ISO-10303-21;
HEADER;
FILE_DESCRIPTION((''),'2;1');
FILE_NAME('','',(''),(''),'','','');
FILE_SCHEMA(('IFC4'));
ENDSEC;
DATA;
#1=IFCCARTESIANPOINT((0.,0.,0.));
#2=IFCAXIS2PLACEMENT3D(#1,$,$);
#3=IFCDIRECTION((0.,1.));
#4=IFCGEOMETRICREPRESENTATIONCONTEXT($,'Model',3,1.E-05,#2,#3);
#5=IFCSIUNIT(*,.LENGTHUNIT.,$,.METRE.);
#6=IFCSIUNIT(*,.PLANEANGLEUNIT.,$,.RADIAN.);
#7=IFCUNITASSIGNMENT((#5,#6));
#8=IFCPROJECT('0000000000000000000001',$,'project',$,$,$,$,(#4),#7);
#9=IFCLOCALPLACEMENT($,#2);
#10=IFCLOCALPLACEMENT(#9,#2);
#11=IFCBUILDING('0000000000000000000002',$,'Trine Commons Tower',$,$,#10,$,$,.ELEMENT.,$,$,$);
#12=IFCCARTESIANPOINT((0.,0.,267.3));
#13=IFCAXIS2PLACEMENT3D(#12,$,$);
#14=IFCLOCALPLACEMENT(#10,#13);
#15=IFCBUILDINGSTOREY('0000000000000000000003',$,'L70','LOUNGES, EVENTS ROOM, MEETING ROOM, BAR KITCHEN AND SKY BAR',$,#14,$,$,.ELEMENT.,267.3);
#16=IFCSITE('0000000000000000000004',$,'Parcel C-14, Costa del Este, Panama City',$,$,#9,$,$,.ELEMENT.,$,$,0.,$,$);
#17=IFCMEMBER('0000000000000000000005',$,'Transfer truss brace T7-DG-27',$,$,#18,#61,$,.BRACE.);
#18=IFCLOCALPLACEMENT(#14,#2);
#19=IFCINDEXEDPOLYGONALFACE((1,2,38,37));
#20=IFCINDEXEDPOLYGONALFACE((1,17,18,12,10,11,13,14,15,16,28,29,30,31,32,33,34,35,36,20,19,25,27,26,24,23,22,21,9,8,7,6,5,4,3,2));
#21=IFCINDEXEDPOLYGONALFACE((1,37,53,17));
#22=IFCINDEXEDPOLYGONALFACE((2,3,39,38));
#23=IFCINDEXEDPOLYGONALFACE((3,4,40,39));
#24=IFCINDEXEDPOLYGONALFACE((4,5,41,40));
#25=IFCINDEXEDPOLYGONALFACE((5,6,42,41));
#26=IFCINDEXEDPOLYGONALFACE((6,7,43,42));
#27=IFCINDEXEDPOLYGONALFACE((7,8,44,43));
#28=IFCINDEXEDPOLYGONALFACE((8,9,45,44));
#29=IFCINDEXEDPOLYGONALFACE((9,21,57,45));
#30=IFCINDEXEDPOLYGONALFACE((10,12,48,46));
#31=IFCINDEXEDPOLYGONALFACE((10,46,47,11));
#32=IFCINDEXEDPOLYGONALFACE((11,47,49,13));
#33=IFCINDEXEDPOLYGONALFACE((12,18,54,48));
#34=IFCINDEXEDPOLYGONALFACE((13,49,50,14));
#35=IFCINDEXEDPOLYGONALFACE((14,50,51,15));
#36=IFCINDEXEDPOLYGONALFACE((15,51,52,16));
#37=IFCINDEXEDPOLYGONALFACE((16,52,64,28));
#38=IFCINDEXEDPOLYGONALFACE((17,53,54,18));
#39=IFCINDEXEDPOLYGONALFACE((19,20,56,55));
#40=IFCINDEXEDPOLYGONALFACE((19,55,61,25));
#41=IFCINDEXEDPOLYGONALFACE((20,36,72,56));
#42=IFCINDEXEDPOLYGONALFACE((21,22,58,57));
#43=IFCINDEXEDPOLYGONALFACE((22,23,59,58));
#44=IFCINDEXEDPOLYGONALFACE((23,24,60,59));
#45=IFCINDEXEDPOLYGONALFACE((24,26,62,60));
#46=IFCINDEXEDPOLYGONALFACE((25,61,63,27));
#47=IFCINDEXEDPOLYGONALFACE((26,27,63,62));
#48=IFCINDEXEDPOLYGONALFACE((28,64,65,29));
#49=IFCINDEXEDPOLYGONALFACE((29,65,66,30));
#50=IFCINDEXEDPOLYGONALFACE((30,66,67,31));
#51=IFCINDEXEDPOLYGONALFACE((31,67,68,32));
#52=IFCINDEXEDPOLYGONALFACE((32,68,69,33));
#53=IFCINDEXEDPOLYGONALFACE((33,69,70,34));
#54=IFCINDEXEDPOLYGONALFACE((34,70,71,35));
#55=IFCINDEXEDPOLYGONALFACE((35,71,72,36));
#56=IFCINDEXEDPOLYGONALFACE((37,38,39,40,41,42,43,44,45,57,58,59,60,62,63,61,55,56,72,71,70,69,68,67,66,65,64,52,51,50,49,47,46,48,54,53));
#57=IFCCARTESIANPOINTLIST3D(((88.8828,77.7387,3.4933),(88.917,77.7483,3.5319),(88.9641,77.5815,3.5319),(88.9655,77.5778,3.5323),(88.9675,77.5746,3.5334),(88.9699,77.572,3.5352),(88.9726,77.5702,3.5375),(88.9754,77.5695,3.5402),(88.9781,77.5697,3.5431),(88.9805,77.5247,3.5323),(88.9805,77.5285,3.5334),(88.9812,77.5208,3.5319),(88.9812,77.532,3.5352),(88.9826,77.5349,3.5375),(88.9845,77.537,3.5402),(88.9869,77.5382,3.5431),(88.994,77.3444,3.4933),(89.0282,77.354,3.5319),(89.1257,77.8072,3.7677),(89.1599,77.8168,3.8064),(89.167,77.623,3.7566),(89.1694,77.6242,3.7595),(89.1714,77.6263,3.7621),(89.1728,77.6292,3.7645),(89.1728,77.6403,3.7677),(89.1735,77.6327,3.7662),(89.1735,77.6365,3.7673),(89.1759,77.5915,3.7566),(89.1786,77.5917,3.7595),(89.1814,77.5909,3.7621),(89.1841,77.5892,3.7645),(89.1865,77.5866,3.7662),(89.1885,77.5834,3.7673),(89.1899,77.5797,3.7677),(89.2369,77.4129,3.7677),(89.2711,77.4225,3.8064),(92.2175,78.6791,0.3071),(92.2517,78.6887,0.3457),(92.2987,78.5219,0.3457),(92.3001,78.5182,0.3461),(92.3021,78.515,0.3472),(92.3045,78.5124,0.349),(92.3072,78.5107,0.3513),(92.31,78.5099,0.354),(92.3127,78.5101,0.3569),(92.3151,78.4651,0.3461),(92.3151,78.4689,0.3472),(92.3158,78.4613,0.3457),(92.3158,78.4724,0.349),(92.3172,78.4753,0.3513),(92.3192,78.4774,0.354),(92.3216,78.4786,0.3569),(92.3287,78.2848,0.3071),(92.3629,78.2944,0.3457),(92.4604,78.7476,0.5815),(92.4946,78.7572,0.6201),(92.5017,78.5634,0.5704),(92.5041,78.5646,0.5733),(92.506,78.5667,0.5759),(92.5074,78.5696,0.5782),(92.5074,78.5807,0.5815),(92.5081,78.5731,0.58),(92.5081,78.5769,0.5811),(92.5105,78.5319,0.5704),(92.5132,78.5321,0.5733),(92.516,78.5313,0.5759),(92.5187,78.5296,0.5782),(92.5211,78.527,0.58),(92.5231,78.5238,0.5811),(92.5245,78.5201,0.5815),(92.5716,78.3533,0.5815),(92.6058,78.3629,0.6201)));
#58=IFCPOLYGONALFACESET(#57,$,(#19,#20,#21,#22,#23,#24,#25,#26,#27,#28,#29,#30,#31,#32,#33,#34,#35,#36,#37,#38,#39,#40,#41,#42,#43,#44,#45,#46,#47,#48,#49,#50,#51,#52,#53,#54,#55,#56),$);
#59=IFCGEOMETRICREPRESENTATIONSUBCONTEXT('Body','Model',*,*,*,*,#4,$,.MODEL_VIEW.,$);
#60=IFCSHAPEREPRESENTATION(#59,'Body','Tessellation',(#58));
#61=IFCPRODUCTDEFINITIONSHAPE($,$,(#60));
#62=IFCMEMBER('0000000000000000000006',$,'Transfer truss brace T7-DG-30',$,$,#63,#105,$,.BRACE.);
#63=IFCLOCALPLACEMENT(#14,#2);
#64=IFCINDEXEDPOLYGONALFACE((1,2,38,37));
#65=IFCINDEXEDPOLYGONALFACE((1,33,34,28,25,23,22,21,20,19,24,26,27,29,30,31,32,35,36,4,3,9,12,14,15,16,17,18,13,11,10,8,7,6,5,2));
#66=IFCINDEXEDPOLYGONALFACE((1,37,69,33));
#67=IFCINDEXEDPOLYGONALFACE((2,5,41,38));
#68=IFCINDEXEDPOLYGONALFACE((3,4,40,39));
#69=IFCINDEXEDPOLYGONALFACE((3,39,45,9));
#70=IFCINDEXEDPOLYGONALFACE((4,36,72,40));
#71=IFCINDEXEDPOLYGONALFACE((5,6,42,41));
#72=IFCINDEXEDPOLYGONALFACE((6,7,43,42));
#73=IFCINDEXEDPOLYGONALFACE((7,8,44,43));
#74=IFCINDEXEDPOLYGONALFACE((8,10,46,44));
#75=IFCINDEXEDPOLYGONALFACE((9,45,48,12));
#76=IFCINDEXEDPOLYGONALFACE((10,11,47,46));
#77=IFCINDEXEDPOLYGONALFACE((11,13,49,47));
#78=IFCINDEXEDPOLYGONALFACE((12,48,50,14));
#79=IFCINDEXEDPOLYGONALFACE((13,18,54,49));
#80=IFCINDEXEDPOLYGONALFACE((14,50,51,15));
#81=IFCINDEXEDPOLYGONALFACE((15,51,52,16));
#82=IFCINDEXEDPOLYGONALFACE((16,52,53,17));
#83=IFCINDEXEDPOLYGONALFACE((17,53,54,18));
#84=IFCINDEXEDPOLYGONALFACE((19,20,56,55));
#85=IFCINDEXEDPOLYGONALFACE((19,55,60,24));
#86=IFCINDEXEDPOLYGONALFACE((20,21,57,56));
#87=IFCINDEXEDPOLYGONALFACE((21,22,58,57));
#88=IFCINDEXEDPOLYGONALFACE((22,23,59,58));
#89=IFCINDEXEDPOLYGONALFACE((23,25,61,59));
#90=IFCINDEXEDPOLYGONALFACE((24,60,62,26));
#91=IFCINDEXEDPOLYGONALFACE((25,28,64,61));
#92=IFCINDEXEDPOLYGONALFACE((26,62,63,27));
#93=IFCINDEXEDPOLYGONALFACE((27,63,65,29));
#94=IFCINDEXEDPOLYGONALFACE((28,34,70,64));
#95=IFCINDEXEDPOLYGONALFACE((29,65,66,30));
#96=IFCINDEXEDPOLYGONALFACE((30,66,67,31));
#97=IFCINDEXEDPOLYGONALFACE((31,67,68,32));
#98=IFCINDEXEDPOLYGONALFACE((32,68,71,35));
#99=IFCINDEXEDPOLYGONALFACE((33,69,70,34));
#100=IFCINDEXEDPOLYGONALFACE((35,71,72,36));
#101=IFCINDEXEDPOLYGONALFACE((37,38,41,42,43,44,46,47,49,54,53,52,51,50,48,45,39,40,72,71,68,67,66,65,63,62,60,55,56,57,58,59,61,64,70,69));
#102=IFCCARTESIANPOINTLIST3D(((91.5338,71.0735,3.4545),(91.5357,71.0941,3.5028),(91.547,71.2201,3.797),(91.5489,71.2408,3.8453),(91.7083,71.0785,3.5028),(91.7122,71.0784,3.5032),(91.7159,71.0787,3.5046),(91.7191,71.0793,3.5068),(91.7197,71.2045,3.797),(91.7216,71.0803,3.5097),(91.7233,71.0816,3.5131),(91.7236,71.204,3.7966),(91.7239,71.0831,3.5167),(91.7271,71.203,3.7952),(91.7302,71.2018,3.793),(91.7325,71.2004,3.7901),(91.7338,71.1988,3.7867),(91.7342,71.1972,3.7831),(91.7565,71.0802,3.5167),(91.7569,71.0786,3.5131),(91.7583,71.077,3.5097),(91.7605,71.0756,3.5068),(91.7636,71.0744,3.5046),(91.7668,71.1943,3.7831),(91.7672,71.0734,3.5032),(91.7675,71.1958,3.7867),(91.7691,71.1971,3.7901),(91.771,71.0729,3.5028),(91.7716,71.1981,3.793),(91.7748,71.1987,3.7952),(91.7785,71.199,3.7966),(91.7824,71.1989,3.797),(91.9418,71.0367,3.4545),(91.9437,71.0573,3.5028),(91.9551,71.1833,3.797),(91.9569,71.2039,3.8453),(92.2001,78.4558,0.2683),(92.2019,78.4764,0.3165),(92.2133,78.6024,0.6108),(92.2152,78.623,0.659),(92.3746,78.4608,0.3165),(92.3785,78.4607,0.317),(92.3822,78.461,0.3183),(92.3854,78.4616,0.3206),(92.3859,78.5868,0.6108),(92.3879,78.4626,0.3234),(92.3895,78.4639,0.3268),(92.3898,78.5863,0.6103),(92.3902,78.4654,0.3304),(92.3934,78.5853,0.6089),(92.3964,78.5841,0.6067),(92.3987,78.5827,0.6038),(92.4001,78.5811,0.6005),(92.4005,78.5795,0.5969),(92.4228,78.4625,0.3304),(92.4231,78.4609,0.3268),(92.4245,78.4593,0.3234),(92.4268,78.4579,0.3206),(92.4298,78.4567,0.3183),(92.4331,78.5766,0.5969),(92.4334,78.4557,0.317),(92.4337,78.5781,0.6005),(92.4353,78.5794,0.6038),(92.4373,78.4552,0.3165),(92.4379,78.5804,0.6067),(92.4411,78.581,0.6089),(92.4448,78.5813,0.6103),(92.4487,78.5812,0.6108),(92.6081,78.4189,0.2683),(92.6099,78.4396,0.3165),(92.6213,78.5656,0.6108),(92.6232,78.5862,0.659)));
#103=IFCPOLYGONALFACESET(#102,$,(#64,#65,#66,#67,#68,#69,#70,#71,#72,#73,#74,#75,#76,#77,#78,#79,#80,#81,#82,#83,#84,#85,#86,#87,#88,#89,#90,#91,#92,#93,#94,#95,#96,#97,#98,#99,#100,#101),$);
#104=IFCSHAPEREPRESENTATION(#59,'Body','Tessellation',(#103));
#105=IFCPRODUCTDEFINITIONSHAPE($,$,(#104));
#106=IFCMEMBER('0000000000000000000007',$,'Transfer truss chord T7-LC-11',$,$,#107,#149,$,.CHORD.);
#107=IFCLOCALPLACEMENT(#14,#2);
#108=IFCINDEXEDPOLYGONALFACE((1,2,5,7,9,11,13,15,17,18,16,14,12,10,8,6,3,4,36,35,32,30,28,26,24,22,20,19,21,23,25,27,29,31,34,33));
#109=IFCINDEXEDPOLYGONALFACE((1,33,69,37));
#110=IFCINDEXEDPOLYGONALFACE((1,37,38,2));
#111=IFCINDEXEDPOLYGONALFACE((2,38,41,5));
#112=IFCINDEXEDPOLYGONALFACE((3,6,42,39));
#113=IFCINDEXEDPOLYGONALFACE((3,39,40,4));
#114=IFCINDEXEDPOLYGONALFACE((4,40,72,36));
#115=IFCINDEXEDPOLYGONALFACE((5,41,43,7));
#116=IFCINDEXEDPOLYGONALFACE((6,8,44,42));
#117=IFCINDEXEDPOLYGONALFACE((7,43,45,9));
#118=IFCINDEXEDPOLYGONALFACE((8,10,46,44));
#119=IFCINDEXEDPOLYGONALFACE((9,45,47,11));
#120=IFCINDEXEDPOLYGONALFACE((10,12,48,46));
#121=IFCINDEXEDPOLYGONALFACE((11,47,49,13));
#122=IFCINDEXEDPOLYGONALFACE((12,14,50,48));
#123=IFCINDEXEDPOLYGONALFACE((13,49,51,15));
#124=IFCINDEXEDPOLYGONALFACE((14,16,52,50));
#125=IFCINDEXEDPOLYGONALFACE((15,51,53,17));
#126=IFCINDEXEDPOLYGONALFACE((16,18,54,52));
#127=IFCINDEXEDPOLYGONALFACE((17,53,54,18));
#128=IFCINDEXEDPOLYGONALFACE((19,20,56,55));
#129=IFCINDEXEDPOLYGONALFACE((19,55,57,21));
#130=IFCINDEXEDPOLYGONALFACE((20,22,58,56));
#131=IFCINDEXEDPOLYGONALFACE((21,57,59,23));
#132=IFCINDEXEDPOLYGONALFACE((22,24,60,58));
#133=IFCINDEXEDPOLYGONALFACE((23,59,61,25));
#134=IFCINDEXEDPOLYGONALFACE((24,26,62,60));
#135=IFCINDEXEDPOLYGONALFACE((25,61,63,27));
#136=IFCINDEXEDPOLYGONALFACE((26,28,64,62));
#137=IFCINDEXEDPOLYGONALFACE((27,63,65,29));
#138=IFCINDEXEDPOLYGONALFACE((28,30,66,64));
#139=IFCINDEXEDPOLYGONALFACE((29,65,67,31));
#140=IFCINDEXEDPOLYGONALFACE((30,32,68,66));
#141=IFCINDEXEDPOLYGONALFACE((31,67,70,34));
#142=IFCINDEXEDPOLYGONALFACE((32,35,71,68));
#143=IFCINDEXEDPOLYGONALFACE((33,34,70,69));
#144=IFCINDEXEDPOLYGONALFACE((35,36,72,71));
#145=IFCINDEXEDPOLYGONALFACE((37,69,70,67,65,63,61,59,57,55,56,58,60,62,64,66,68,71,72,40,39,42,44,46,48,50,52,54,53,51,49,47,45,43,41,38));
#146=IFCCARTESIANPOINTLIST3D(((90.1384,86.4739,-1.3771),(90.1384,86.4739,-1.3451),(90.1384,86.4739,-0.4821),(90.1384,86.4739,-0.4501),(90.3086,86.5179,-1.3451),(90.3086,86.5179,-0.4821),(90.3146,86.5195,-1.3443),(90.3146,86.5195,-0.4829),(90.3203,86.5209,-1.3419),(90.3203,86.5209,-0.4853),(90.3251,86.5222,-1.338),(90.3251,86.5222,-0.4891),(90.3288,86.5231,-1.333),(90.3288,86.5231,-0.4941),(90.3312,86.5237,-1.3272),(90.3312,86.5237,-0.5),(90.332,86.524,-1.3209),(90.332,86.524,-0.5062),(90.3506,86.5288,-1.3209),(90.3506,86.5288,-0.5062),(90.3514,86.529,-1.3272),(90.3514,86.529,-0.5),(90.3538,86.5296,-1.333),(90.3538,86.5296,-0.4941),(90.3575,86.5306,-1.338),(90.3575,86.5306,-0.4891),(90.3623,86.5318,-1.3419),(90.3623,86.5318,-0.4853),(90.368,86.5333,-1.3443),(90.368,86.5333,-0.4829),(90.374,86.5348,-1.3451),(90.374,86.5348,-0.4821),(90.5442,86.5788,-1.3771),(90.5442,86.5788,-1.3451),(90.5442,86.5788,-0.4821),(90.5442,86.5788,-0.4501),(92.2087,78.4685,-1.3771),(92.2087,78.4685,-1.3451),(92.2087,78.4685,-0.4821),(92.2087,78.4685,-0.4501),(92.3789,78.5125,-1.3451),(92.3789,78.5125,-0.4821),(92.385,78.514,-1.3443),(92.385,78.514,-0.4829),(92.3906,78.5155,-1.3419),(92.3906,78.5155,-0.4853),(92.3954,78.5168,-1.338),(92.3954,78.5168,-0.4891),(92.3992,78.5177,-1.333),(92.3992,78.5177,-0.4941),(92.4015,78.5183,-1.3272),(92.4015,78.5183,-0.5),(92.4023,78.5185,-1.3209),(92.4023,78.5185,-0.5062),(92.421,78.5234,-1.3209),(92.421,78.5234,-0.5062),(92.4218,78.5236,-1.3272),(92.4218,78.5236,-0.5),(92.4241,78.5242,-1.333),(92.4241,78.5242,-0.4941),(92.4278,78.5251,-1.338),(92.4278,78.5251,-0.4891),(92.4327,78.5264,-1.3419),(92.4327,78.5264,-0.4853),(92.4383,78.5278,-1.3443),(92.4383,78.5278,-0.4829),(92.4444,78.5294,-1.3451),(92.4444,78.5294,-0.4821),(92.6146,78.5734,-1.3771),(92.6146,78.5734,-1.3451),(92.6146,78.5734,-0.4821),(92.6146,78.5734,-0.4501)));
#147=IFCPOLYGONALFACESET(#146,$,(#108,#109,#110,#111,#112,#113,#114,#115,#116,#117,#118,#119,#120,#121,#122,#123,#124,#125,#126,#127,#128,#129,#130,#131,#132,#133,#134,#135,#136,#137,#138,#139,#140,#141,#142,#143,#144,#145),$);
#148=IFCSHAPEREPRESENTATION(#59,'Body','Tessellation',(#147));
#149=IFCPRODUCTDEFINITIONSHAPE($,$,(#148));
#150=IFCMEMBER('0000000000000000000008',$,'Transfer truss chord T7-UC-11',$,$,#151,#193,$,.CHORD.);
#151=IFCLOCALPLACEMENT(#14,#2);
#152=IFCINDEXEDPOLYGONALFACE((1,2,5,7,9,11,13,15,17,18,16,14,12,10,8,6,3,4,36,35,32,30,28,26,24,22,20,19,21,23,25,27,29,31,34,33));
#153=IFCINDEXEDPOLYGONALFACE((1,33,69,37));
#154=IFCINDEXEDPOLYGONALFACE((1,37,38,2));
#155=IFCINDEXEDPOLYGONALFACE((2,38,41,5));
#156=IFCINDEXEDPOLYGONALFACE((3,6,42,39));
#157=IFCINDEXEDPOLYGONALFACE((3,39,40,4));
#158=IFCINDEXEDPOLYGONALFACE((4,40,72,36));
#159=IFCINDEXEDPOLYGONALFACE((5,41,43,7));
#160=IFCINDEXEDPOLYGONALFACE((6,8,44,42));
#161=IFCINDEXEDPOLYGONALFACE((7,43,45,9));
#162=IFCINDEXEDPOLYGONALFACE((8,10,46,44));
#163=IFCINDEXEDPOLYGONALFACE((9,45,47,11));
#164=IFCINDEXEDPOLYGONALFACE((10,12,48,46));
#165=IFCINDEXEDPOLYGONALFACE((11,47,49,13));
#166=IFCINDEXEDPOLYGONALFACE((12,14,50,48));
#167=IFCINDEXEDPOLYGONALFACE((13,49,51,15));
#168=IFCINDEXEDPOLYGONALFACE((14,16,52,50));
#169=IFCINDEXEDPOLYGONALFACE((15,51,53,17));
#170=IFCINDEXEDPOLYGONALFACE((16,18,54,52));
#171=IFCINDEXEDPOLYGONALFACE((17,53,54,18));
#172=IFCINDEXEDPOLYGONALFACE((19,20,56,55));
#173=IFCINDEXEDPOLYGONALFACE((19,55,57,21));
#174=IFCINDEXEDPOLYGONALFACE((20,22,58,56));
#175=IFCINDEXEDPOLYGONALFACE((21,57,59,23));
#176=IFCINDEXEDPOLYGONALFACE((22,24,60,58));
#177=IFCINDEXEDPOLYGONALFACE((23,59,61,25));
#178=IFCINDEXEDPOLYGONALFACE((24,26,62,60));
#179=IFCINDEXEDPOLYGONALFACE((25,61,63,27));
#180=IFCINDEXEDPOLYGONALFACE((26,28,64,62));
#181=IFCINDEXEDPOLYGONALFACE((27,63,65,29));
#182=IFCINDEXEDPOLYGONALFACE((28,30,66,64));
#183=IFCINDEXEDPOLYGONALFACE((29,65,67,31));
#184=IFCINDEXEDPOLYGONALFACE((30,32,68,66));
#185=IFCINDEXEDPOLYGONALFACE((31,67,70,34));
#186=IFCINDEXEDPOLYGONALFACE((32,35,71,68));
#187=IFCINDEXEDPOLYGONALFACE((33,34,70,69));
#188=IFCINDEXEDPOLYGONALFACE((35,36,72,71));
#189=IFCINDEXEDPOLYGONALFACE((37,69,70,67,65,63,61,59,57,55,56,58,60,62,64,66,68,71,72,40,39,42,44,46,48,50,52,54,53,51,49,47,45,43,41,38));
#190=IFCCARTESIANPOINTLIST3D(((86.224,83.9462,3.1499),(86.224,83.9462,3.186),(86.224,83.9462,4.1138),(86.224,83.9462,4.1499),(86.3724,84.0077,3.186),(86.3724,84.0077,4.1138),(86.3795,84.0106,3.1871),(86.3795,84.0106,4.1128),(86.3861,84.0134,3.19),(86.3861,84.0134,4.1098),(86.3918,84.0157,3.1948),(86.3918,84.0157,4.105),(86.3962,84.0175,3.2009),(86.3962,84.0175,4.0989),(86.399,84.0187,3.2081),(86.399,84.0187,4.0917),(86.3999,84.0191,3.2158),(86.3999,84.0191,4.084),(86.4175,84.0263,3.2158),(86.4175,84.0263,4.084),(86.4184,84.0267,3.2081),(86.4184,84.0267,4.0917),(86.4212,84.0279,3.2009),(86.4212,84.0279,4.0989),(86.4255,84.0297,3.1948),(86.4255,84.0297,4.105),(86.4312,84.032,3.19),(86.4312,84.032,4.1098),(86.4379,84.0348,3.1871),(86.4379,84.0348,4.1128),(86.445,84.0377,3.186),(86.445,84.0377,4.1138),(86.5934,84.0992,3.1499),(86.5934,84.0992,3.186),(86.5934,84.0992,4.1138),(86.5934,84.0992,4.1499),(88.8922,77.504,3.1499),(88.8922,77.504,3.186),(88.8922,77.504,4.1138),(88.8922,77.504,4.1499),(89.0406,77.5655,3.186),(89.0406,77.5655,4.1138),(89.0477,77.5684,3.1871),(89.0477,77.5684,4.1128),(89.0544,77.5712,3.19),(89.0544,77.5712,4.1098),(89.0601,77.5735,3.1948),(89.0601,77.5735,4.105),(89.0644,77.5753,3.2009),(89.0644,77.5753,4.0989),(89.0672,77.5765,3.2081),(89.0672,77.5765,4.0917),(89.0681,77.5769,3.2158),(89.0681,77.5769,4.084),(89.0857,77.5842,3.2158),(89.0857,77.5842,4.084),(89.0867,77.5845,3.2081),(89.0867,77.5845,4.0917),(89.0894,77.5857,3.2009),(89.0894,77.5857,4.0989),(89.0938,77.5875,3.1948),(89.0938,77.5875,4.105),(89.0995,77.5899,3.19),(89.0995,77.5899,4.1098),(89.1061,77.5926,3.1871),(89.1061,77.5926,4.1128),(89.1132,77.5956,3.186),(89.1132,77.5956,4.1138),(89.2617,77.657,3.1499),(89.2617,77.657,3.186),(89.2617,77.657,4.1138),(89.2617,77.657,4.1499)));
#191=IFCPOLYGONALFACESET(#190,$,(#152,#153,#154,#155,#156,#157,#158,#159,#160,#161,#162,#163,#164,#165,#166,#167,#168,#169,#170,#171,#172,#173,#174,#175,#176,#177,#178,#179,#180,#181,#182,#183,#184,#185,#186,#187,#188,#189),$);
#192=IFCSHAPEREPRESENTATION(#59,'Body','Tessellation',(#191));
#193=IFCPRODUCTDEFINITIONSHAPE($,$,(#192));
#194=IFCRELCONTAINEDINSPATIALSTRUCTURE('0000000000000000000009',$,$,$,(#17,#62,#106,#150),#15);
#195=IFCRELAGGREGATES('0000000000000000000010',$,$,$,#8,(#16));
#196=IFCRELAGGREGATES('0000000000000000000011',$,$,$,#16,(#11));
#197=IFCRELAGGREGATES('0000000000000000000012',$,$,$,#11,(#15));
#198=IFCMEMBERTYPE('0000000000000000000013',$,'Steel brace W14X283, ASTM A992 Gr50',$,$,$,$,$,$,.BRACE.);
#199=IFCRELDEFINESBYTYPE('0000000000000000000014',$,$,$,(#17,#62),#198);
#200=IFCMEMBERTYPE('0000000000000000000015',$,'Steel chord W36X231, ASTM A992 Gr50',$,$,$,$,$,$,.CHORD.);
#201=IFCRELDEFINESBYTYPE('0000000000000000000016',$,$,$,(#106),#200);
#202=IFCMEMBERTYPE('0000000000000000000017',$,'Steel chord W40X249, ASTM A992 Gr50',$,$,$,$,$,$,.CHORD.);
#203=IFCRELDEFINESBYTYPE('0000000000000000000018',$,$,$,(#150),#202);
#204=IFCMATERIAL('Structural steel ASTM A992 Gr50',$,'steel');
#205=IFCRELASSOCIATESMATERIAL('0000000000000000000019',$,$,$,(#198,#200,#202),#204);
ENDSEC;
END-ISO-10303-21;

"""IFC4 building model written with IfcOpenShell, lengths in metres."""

from ifc_helpers import new_model, si_unit, direction, frame, origin, origin_2d, place, context, subcontext, project, spatial, i_section, extrude, material, material_profile, profile_set, type_object, element, save


model = new_model("IFC4")

# Units and contexts
model_context = context("Model", 3, precision=1e-05, world=origin(), true_north=direction((0.0, 1.0)))
body_context = subcontext(model_context, "Body", "Model", "MODEL_VIEW")
ifc_project = project(units=[si_unit("LENGTHUNIT", "METRE"), si_unit("PLANEANGLEUNIT", "RADIAN")], contexts=[model_context])

# Site, building, storey
site_placement = place(None, origin())
site = spatial("IfcSite", under=ifc_project, at=site_placement, Name="Parcel C-14, Costa del Este, Panama City", CompositionType="ELEMENT", RefElevation=0.0)
building_placement = place(site_placement, origin())
building = spatial("IfcBuilding", under=site, at=building_placement, Name="Trine Commons Tower", CompositionType="ELEMENT")
storey_placement = place(building_placement, frame((0.0, 0.0, 267.3)))
storey = spatial("IfcBuildingStorey", under=building, at=storey_placement, Name="L70", Description="LOUNGES, EVENTS ROOM, MEETING ROOM, BAR KITCHEN AND SKY BAR", CompositionType="ELEMENT", Elevation=267.3)

# Shared definitions
ifc_material_1 = material(Name="Structural steel ASTM A992 Gr50", Category="steel")

# Members
ifc_material_profile_1 = material_profile(ifc_material_1, i_section(OverallWidth=0.4097, OverallDepth=0.4253, WebThickness=0.0327, FlangeThickness=0.0525, FilletRadius=0.0151, at=origin_2d()), Name="W14X283")
ifc_profile_set_1 = profile_set([ifc_material_profile_1], Name="Structural steel ASTM A992 Gr50")
member_type_1 = type_object("IfcMemberType", Name="Steel brace W14X283, ASTM A992 Gr50", PredefinedType="BRACE", material=ifc_profile_set_1)
member_1_placement = place(storey_placement, frame((92.4116, 78.521, 0.4636), z_axis=(-0.708439, -0.199788, 0.676904), x_axis=(0.271425, -0.96246, 0.0)))
element("IfcMember", 1, at=member_1_placement, inside=storey, type_object=member_type_1, Name="Transfer truss brace T7-DG-27", PredefinedType="BRACE", context=body_context, shape_type="SweptSolid", body=[
    extrude(i_section(OverallWidth=0.4097, OverallDepth=0.4253, WebThickness=0.0327, FlangeThickness=0.0525, FilletRadius=0.0151, at=origin_2d()), origin(), (0.0, 0.0, 1.0), 4.707),
])
member_2_placement = place(storey_placement, frame((92.4116, 78.521, 0.4636), z_axis=(-0.082579, -0.914996, 0.394921), x_axis=(0.995952, -0.089885, 0.0)))
element("IfcMember", 2, at=member_2_placement, inside=storey, type_object=member_type_1, Name="Transfer truss brace T7-DG-30", PredefinedType="BRACE", context=body_context, shape_type="SweptSolid", body=[
    extrude(i_section(OverallWidth=0.4097, OverallDepth=0.4253, WebThickness=0.0327, FlangeThickness=0.0525, FilletRadius=0.0151, at=origin_2d()), origin(), (0.0, 0.0, 1.0), 8.0681),
])
ifc_material_profile_2 = material_profile(ifc_material_1, i_section(OverallWidth=0.4192, OverallDepth=0.927, WebThickness=0.0193, FlangeThickness=0.032, FilletRadius=0.0242, at=origin_2d()), Name="W36X231")
ifc_profile_set_2 = profile_set([ifc_material_profile_2], Name="Structural steel ASTM A992 Gr50")
member_type_2 = type_object("IfcMemberType", Name="Steel chord W36X231, ASTM A992 Gr50", PredefinedType="CHORD", material=ifc_profile_set_2)
member_3_placement = place(storey_placement, frame((90.3413, 86.5264, -0.9136), z_axis=(0.250378, -0.968148, 0.0), x_axis=(0.968148, 0.250378, 0.0)))
element("IfcMember", 3, at=member_3_placement, inside=storey, type_object=member_type_2, Name="Transfer truss chord T7-LC-11", PredefinedType="CHORD", context=body_context, shape_type="SweptSolid", body=[
    extrude(i_section(OverallWidth=0.4192, OverallDepth=0.927, WebThickness=0.0193, FlangeThickness=0.032, FilletRadius=0.0242, at=origin_2d()), origin(), (0.0, 0.0, 1.0), 8.2688),
])
ifc_material_profile_3 = material_profile(ifc_material_1, i_section(OverallWidth=0.3999, OverallDepth=1.0, WebThickness=0.019, FlangeThickness=0.0361, FilletRadius=0.0298, at=origin_2d()), Name="W40X249")
ifc_profile_set_3 = profile_set([ifc_material_profile_3], Name="Structural steel ASTM A992 Gr50")
member_type_3 = type_object("IfcMemberType", Name="Steel chord W40X249, ASTM A992 Gr50", PredefinedType="CHORD", material=ifc_profile_set_3)
member_4_placement = place(storey_placement, frame((86.4087, 84.0227, 3.6499), z_axis=(0.382658, -0.92389, 0.0), x_axis=(0.92389, 0.382658, 0.0)))
element("IfcMember", 4, at=member_4_placement, inside=storey, type_object=member_type_3, Name="Transfer truss chord T7-UC-11", PredefinedType="CHORD", context=body_context, shape_type="SweptSolid", body=[
    extrude(i_section(OverallWidth=0.3999, OverallDepth=1.0, WebThickness=0.019, FlangeThickness=0.0361, FilletRadius=0.0298, at=origin_2d()), origin(), (0.0, 0.0, 1.0), 6.9729),
])

save(model, "model.ifc")
